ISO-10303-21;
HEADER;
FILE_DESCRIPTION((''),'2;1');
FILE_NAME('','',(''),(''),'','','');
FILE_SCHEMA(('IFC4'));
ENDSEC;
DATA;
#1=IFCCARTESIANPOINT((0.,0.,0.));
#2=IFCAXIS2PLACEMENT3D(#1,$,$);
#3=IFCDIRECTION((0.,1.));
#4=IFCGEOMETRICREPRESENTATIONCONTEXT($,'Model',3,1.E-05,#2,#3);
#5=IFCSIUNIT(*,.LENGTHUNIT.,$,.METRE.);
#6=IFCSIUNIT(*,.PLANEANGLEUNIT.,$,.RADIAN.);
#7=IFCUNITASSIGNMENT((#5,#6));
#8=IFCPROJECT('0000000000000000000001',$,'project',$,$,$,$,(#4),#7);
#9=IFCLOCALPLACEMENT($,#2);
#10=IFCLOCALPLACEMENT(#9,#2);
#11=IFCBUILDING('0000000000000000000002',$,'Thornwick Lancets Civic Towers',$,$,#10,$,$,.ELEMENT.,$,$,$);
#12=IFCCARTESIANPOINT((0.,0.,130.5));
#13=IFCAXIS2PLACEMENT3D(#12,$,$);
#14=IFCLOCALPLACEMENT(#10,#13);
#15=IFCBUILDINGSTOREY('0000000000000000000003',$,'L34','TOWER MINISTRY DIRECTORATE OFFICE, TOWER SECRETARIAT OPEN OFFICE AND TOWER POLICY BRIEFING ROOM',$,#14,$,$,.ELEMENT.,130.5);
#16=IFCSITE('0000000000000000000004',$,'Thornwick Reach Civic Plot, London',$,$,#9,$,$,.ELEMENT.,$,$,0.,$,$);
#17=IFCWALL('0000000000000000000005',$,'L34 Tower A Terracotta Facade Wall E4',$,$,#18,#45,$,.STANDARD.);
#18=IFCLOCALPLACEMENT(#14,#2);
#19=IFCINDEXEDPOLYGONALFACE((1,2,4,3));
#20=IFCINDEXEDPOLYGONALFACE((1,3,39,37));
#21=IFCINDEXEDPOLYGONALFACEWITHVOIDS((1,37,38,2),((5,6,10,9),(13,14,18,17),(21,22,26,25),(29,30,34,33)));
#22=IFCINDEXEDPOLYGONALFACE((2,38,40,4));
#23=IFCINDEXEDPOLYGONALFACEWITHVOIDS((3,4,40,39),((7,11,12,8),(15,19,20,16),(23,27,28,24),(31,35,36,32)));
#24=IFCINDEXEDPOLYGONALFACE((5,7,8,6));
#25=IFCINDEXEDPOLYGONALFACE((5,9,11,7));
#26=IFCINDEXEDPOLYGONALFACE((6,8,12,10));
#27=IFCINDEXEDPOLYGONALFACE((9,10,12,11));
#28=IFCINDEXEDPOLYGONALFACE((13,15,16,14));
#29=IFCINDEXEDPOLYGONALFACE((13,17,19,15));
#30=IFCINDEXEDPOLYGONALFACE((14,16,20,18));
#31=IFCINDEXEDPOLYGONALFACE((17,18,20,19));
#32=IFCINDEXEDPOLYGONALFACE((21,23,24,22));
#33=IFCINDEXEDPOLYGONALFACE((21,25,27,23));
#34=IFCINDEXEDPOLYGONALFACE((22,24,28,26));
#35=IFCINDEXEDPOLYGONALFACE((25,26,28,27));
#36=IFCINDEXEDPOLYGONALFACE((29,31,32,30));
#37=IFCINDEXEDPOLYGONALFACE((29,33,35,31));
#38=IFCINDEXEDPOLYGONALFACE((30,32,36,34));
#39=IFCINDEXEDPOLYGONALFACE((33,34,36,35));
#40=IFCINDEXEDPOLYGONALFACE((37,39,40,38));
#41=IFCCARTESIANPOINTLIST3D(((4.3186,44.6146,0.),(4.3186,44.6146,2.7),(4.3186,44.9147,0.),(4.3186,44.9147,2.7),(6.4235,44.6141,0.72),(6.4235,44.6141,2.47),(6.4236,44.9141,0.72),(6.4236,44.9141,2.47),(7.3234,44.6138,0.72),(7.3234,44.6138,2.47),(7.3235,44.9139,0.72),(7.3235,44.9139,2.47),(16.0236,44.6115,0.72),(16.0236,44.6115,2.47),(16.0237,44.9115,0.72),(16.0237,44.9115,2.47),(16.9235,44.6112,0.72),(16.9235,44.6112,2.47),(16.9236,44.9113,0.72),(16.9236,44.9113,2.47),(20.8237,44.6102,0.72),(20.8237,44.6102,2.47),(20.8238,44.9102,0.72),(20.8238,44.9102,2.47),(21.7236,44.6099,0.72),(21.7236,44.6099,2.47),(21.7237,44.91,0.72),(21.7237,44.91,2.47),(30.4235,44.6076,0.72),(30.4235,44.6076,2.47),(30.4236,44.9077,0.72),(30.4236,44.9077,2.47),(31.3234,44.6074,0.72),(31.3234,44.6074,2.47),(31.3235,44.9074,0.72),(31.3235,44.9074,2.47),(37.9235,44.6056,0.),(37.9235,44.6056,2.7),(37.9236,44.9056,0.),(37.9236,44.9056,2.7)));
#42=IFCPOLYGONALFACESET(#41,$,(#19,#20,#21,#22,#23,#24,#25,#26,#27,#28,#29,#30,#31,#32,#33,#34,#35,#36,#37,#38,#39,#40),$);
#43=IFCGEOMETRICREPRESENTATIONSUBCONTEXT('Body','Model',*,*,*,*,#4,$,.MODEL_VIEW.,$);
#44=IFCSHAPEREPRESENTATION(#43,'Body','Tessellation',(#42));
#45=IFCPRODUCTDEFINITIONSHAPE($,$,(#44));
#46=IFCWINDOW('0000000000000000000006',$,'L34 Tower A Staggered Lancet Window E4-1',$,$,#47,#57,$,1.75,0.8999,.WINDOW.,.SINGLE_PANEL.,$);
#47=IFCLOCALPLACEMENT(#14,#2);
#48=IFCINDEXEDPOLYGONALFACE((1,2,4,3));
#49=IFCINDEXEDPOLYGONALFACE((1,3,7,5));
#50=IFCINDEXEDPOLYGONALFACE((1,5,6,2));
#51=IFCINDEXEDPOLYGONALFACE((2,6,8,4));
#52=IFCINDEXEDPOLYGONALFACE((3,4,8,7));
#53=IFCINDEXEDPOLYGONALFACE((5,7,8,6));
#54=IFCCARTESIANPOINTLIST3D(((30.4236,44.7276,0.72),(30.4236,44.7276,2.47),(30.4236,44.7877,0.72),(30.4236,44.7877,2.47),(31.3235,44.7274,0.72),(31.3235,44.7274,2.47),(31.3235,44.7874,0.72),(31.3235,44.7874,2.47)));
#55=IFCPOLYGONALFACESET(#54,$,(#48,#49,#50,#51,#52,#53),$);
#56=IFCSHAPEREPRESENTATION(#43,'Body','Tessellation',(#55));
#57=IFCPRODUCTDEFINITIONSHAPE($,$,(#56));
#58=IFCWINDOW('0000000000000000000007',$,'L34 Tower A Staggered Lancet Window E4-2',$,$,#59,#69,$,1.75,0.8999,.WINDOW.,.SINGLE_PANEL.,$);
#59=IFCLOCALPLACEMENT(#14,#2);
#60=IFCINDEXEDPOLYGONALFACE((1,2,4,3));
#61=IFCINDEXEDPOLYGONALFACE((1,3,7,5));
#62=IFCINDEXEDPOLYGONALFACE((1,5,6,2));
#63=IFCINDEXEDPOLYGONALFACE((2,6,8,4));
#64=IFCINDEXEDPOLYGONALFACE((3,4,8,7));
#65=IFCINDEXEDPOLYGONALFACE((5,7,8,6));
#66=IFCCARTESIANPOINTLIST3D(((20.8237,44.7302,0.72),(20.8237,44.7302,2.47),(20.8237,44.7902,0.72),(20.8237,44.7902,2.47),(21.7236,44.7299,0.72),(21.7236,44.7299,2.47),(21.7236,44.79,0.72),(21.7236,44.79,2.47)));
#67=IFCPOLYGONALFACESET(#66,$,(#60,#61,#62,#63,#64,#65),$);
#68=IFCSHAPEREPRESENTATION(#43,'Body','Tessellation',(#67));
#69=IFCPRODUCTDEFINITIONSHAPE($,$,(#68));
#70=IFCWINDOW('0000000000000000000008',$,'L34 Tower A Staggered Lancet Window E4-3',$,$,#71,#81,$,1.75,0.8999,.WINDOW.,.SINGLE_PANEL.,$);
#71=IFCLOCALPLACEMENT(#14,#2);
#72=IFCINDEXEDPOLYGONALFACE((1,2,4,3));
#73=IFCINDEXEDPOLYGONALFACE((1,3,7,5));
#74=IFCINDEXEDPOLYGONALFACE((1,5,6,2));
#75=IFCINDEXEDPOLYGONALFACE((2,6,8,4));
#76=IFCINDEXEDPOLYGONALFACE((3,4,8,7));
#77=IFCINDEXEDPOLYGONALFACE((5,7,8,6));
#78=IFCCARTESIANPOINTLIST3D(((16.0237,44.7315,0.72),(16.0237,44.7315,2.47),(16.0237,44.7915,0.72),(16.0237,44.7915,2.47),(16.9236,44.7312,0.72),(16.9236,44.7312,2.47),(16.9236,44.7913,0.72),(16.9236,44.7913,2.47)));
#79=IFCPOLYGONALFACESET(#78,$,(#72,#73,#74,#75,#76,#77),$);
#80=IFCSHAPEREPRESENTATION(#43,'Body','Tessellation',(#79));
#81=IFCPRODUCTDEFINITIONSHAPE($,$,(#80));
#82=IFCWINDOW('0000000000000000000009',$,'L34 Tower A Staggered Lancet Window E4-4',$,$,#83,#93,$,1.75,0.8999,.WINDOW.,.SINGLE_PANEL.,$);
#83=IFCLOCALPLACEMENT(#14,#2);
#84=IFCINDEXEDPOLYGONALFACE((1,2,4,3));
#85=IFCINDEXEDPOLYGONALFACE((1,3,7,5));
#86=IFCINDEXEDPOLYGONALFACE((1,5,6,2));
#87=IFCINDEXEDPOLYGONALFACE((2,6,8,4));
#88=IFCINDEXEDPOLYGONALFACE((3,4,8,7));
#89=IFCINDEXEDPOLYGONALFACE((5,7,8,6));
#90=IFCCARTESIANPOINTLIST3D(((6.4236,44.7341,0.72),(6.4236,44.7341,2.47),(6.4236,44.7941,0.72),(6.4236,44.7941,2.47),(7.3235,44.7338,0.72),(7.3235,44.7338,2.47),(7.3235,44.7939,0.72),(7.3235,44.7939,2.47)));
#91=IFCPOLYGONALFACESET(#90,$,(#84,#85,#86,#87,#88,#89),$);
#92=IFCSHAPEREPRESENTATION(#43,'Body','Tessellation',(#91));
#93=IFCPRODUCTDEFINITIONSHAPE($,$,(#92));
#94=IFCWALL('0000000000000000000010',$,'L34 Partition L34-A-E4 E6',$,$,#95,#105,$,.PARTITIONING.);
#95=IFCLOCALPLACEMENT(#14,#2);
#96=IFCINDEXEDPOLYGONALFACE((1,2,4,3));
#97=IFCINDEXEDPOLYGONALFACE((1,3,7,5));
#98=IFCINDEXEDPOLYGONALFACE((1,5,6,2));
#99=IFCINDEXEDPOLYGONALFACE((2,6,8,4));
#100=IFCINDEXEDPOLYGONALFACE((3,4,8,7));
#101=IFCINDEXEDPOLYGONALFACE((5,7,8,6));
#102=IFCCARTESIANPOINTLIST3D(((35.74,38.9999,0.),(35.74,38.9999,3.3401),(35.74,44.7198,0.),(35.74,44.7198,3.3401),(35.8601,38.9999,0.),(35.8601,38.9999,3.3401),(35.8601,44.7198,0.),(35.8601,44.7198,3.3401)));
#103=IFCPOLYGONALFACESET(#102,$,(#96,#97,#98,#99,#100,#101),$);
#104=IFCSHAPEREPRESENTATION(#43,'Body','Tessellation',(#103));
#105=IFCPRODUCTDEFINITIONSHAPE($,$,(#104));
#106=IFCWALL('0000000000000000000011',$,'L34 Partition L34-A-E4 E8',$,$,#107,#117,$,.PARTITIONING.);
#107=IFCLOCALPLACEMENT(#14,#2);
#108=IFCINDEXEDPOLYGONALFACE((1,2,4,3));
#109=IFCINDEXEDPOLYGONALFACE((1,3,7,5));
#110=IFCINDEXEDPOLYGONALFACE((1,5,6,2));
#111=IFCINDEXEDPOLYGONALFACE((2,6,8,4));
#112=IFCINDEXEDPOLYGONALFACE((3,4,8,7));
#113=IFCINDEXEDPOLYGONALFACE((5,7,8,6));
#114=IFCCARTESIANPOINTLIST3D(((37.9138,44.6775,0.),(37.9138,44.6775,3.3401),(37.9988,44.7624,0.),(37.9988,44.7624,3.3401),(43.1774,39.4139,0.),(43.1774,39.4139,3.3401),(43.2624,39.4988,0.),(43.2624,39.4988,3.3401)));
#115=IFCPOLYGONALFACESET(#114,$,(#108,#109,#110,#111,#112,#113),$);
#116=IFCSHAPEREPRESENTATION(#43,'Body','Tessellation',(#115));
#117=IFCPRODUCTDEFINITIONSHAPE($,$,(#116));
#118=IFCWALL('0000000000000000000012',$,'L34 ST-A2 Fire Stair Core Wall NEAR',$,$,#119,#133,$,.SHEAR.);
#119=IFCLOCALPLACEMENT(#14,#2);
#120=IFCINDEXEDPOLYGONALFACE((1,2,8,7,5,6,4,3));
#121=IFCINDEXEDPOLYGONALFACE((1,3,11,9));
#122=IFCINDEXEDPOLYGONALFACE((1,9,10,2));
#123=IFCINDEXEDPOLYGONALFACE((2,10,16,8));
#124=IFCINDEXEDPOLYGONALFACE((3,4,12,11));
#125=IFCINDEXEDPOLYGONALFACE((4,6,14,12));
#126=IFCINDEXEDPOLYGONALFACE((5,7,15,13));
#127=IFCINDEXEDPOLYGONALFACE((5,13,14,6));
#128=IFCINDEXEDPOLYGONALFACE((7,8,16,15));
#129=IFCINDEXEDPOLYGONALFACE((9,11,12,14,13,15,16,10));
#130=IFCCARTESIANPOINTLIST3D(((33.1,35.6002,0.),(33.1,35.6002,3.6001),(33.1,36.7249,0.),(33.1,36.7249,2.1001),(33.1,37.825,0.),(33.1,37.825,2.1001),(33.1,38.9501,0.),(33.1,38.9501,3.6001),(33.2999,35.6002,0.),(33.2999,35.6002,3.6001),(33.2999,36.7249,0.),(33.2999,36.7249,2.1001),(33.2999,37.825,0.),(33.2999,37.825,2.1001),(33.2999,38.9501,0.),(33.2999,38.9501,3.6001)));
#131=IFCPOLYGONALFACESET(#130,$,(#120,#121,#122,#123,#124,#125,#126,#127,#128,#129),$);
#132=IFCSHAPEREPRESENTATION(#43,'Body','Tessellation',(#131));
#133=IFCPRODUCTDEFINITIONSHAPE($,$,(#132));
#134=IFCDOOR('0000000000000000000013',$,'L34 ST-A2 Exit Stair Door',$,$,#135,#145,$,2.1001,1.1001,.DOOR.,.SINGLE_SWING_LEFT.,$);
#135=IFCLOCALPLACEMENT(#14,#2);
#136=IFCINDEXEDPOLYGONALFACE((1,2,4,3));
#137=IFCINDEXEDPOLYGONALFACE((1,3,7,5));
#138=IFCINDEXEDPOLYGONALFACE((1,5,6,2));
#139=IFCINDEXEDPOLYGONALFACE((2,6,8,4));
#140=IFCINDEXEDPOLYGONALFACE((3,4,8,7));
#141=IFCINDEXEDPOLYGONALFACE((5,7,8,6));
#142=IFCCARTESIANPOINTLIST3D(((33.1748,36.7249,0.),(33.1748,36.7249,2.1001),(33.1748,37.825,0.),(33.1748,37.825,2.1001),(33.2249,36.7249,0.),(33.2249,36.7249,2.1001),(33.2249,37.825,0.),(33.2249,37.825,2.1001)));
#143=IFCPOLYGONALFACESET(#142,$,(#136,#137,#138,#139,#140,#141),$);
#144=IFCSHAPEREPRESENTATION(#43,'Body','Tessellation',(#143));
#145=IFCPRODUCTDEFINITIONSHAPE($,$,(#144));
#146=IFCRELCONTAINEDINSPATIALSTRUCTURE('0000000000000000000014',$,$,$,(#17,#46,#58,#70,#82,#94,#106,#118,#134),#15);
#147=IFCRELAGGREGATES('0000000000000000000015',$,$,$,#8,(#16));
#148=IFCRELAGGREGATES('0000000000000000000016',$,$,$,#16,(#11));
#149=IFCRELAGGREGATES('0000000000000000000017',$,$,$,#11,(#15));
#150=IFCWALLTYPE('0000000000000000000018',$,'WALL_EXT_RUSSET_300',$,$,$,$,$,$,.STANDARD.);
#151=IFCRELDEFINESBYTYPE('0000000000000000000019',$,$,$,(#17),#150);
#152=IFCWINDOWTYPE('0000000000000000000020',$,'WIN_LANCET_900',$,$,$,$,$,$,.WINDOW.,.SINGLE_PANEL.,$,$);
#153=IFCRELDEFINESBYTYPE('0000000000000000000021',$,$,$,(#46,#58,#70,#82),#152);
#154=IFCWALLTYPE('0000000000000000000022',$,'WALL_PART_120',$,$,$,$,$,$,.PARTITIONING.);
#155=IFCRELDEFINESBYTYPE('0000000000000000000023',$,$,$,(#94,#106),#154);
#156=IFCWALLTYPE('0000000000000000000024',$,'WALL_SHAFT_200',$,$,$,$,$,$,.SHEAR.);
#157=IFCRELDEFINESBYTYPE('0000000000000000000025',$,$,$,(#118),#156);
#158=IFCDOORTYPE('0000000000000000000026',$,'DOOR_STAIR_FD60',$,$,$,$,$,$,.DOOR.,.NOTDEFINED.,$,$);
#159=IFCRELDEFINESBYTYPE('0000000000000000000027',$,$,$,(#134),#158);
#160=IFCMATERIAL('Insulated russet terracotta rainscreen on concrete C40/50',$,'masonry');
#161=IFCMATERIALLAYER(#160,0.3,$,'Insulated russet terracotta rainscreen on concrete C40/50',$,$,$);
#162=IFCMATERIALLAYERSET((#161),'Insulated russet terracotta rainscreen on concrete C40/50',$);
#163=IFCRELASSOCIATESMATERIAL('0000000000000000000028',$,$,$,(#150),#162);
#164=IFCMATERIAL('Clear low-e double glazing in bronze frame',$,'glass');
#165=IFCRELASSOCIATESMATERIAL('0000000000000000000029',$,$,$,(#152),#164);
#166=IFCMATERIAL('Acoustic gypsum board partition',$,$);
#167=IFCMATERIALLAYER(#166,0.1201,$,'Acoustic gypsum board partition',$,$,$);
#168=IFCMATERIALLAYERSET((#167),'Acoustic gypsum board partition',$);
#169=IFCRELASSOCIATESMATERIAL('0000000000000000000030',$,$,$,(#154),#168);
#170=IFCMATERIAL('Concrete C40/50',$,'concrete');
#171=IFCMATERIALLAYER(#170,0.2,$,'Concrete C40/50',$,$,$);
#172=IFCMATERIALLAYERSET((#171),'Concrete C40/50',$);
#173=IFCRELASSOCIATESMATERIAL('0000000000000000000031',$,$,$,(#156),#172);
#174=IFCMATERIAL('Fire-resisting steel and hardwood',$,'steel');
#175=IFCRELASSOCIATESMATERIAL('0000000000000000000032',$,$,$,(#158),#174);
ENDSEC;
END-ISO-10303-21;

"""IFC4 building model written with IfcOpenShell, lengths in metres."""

from ifc_helpers import new_model, si_unit, direction, frame, frame_2d, origin, place, context, subcontext, project, spatial, rectangle, extrude, material, layer, layer_set, type_object, element, fill, save


model = new_model("IFC4")

# Units and contexts
model_context = context("Model", 3, precision=1e-05, world=origin(), true_north=direction((0.0, 1.0)))
body_context = subcontext(model_context, "Body", "Model", "MODEL_VIEW")
ifc_project = project(units=[si_unit("LENGTHUNIT", "METRE"), si_unit("PLANEANGLEUNIT", "RADIAN")], contexts=[model_context])

# Site, building, storey
site_placement = place(None, origin())
site = spatial("IfcSite", under=ifc_project, at=site_placement, Name="Thornwick Reach Civic Plot, London", CompositionType="ELEMENT", RefElevation=0.0)
building_placement = place(site_placement, origin())
building = spatial("IfcBuilding", under=site, at=building_placement, Name="Thornwick Lancets Civic Towers", CompositionType="ELEMENT")
storey_placement = place(building_placement, frame((0.0, 0.0, 130.5)))
storey = spatial("IfcBuildingStorey", under=building, at=storey_placement, Name="L34", Description="TOWER MINISTRY DIRECTORATE OFFICE, TOWER SECRETARIAT OPEN OFFICE AND TOWER POLICY BRIEFING ROOM", CompositionType="ELEMENT", Elevation=130.5)

# Wall, openings, windows
ifc_material_1 = material(Name="Insulated russet terracotta rainscreen on concrete C40/50", Category="masonry")
ifc_layer_1 = layer(ifc_material_1, 0.3, Name="Insulated russet terracotta rainscreen on concrete C40/50")
ifc_layer_set_1 = layer_set([ifc_layer_1], Name="Insulated russet terracotta rainscreen on concrete C40/50")
wall_type_1 = type_object("IfcWallType", Name="WALL_EXT_RUSSET_300", PredefinedType="STANDARD", material=ifc_layer_set_1)
wall_1_placement = place(storey_placement, frame((37.9236, 44.7556, 0.0), z_axis=(0.0, 0.0, 1.0), x_axis=(-1.0, 0.000269, 0.0)))
wall_1 = element("IfcWall", 1, at=wall_1_placement, inside=storey, type_object=wall_type_1, Name="L34 Tower A Terracotta Facade Wall E4", PredefinedType="STANDARD", context=body_context, shape_type="SweptSolid", body=[
    extrude(rectangle(XDim=33.605, YDim=0.3, at=frame_2d((16.8025, 0.0))), origin(), (0.0, 0.0, 1.0), 2.7),
])
opening_1_placement = place(wall_1_placement, frame((6.6001, 0.0, 0.72)))
opening_1 = element("IfcOpeningElement", 2, at=opening_1_placement, cuts=wall_1, PredefinedType="OPENING", context=body_context, shape_type="SweptSolid", body=[
    extrude(rectangle(XDim=0.8999, YDim=1.75, at=frame_2d((0.45, 0.875))), frame((0.0, 0.1602, 0.0), z_axis=(0.0, -1.0, 0.0), x_axis=(1.0, 0.0, 0.0)), (0.0, 0.0, 1.0), 0.3201),
])
opening_2_placement = place(wall_1_placement, frame((16.2, 0.0, 0.72)))
opening_2 = element("IfcOpeningElement", 3, at=opening_2_placement, cuts=wall_1, PredefinedType="OPENING", context=body_context, shape_type="SweptSolid", body=[
    extrude(rectangle(XDim=0.8999, YDim=1.75, at=frame_2d((0.45, 0.875))), frame((0.0, 0.1602, 0.0), z_axis=(0.0, -1.0, 0.0), x_axis=(1.0, 0.0, 0.0)), (0.0, 0.0, 1.0), 0.3201),
])
opening_3_placement = place(wall_1_placement, frame((21.0, 0.0, 0.72)))
opening_3 = element("IfcOpeningElement", 4, at=opening_3_placement, cuts=wall_1, PredefinedType="OPENING", context=body_context, shape_type="SweptSolid", body=[
    extrude(rectangle(XDim=0.8999, YDim=1.75, at=frame_2d((0.45, 0.875))), frame((0.0, 0.1602, 0.0), z_axis=(0.0, -1.0, 0.0), x_axis=(1.0, 0.0, 0.0)), (0.0, 0.0, 1.0), 0.3201),
])
opening_4_placement = place(wall_1_placement, frame((30.6001, 0.0, 0.72)))
opening_4 = element("IfcOpeningElement", 5, at=opening_4_placement, cuts=wall_1, PredefinedType="OPENING", context=body_context, shape_type="SweptSolid", body=[
    extrude(rectangle(XDim=0.8999, YDim=1.75, at=frame_2d((0.45, 0.875))), frame((0.0, 0.1602, 0.0), z_axis=(0.0, -1.0, 0.0), x_axis=(1.0, 0.0, 0.0)), (0.0, 0.0, 1.0), 0.3201),
])
ifc_material_2 = material(Name="Clear low-e double glazing in bronze frame", Category="glass")
window_type = type_object("IfcWindowType", Name="WIN_LANCET_900", PartitioningType="SINGLE_PANEL", PredefinedType="WINDOW", material=ifc_material_2)
window_1_placement = place(opening_1_placement, origin())
window_1 = element("IfcWindow", 6, at=window_1_placement, inside=storey, type_object=window_type, Name="L34 Tower A Staggered Lancet Window E4-1", OverallHeight=1.75, OverallWidth=0.8999, PartitioningType="SINGLE_PANEL", PredefinedType="WINDOW", context=body_context, shape_type="SweptSolid", body=[
    extrude(rectangle(XDim=0.8999, YDim=1.75, at=frame_2d((0.45, 0.875))), frame((0.0, 0.03, 0.0), z_axis=(0.0, -1.0, 0.0), x_axis=(1.0, 0.0, 0.0)), (0.0, 0.0, 1.0), 0.0601),
])
fill(opening_1, window_1)
window_2_placement = place(opening_2_placement, origin())
window_2 = element("IfcWindow", 7, at=window_2_placement, inside=storey, type_object=window_type, Name="L34 Tower A Staggered Lancet Window E4-2", OverallHeight=1.75, OverallWidth=0.8999, PartitioningType="SINGLE_PANEL", PredefinedType="WINDOW", context=body_context, shape_type="SweptSolid", body=[
    extrude(rectangle(XDim=0.8999, YDim=1.75, at=frame_2d((0.45, 0.875))), frame((0.0, 0.03, 0.0), z_axis=(0.0, -1.0, 0.0), x_axis=(1.0, 0.0, 0.0)), (0.0, 0.0, 1.0), 0.0601),
])
fill(opening_2, window_2)
window_3_placement = place(opening_3_placement, origin())
window_3 = element("IfcWindow", 8, at=window_3_placement, inside=storey, type_object=window_type, Name="L34 Tower A Staggered Lancet Window E4-3", OverallHeight=1.75, OverallWidth=0.8999, PartitioningType="SINGLE_PANEL", PredefinedType="WINDOW", context=body_context, shape_type="SweptSolid", body=[
    extrude(rectangle(XDim=0.8999, YDim=1.75, at=frame_2d((0.45, 0.875))), frame((0.0, 0.03, 0.0), z_axis=(0.0, -1.0, 0.0), x_axis=(1.0, 0.0, 0.0)), (0.0, 0.0, 1.0), 0.0601),
])
fill(opening_3, window_3)
window_4_placement = place(opening_4_placement, origin())
window_4 = element("IfcWindow", 9, at=window_4_placement, inside=storey, type_object=window_type, Name="L34 Tower A Staggered Lancet Window E4-4", OverallHeight=1.75, OverallWidth=0.8999, PartitioningType="SINGLE_PANEL", PredefinedType="WINDOW", context=body_context, shape_type="SweptSolid", body=[
    extrude(rectangle(XDim=0.8999, YDim=1.75, at=frame_2d((0.45, 0.875))), frame((0.0, 0.03, 0.0), z_axis=(0.0, -1.0, 0.0), x_axis=(1.0, 0.0, 0.0)), (0.0, 0.0, 1.0), 0.0601),
])
fill(opening_4, window_4)

# Walls
ifc_material_3 = material(Name="Acoustic gypsum board partition")
ifc_layer_2 = layer(ifc_material_3, 0.1201, Name="Acoustic gypsum board partition")
ifc_layer_set_2 = layer_set([ifc_layer_2], Name="Acoustic gypsum board partition")
wall_type_2 = type_object("IfcWallType", Name="WALL_PART_120", PredefinedType="PARTITIONING", material=ifc_layer_set_2)
wall_2_placement = place(storey_placement, frame((35.8, 39.0, 0.0), z_axis=(0.0, 0.0, 1.0), x_axis=(0.0, 1.0, 0.0)))
element("IfcWall", 10, at=wall_2_placement, inside=storey, type_object=wall_type_2, Name="L34 Partition L34-A-E4 E6", PredefinedType="PARTITIONING", context=body_context, shape_type="SweptSolid", body=[
    extrude(rectangle(XDim=5.72, YDim=0.1201, at=frame_2d((2.8599, 0.0))), origin(), (0.0, 0.0, 1.0), 3.3401),
])
wall_3_placement = place(storey_placement, frame((37.9563, 44.72, 0.0), z_axis=(0.0, 0.0, 1.0), x_axis=(0.707107, -0.707107, 0.0)))
element("IfcWall", 11, at=wall_3_placement, inside=storey, type_object=wall_type_2, Name="L34 Partition L34-A-E4 E8", PredefinedType="PARTITIONING", context=body_context, shape_type="SweptSolid", body=[
    extrude(rectangle(XDim=7.4438, YDim=0.1201, at=frame_2d((3.7219, 0.0))), origin(), (0.0, 0.0, 1.0), 3.3401),
])

# Wall, opening, door
ifc_material_4 = material(Name="Concrete C40/50", Category="concrete")
ifc_layer_3 = layer(ifc_material_4, 0.2, Name="Concrete C40/50")
ifc_layer_set_3 = layer_set([ifc_layer_3], Name="Concrete C40/50")
wall_type_3 = type_object("IfcWallType", Name="WALL_SHAFT_200", PredefinedType="SHEAR", material=ifc_layer_set_3)
wall_4_placement = place(storey_placement, frame((33.2, 38.95, 0.0), z_axis=(0.0, 0.0, 1.0), x_axis=(0.0, -1.0, 0.0)))
wall_4 = element("IfcWall", 12, at=wall_4_placement, inside=storey, type_object=wall_type_3, Name="L34 ST-A2 Fire Stair Core Wall NEAR", PredefinedType="SHEAR", context=body_context, shape_type="SweptSolid", body=[
    extrude(rectangle(XDim=3.3499, YDim=0.2, at=frame_2d((1.6748, 0.0))), origin(), (0.0, 0.0, 1.0), 3.6001),
])
opening_5_placement = place(wall_4_placement, frame((1.125, 0.0, 0.0)))
opening_5 = element("IfcOpeningElement", 13, at=opening_5_placement, cuts=wall_4, PredefinedType="OPENING", context=body_context, shape_type="SweptSolid", body=[
    extrude(rectangle(XDim=1.1001, YDim=2.1001, at=frame_2d((0.55, 1.05))), frame((0.0, 0.1099, 0.0), z_axis=(0.0, -1.0, 0.0), x_axis=(1.0, 0.0, 0.0)), (0.0, 0.0, 1.0), 0.22),
])
ifc_material_5 = material(Name="Fire-resisting steel and hardwood", Category="steel")
door_type = type_object("IfcDoorType", Name="DOOR_STAIR_FD60", OperationType="NOTDEFINED", PredefinedType="DOOR", material=ifc_material_5)
door_placement = place(opening_5_placement, origin())
door = element("IfcDoor", 14, at=door_placement, inside=storey, type_object=door_type, Name="L34 ST-A2 Exit Stair Door", OperationType="SINGLE_SWING_LEFT", OverallHeight=2.1001, OverallWidth=1.1001, PredefinedType="DOOR", context=body_context, shape_type="SweptSolid", body=[
    extrude(rectangle(XDim=1.1001, YDim=2.1001, at=frame_2d((0.55, 1.05))), frame((0.0, 0.0249, 0.0), z_axis=(0.0, -1.0, 0.0), x_axis=(1.0, 0.0, 0.0)), (0.0, 0.0, 1.0), 0.05),
])
fill(opening_5, door)

save(model, "model.ifc")
